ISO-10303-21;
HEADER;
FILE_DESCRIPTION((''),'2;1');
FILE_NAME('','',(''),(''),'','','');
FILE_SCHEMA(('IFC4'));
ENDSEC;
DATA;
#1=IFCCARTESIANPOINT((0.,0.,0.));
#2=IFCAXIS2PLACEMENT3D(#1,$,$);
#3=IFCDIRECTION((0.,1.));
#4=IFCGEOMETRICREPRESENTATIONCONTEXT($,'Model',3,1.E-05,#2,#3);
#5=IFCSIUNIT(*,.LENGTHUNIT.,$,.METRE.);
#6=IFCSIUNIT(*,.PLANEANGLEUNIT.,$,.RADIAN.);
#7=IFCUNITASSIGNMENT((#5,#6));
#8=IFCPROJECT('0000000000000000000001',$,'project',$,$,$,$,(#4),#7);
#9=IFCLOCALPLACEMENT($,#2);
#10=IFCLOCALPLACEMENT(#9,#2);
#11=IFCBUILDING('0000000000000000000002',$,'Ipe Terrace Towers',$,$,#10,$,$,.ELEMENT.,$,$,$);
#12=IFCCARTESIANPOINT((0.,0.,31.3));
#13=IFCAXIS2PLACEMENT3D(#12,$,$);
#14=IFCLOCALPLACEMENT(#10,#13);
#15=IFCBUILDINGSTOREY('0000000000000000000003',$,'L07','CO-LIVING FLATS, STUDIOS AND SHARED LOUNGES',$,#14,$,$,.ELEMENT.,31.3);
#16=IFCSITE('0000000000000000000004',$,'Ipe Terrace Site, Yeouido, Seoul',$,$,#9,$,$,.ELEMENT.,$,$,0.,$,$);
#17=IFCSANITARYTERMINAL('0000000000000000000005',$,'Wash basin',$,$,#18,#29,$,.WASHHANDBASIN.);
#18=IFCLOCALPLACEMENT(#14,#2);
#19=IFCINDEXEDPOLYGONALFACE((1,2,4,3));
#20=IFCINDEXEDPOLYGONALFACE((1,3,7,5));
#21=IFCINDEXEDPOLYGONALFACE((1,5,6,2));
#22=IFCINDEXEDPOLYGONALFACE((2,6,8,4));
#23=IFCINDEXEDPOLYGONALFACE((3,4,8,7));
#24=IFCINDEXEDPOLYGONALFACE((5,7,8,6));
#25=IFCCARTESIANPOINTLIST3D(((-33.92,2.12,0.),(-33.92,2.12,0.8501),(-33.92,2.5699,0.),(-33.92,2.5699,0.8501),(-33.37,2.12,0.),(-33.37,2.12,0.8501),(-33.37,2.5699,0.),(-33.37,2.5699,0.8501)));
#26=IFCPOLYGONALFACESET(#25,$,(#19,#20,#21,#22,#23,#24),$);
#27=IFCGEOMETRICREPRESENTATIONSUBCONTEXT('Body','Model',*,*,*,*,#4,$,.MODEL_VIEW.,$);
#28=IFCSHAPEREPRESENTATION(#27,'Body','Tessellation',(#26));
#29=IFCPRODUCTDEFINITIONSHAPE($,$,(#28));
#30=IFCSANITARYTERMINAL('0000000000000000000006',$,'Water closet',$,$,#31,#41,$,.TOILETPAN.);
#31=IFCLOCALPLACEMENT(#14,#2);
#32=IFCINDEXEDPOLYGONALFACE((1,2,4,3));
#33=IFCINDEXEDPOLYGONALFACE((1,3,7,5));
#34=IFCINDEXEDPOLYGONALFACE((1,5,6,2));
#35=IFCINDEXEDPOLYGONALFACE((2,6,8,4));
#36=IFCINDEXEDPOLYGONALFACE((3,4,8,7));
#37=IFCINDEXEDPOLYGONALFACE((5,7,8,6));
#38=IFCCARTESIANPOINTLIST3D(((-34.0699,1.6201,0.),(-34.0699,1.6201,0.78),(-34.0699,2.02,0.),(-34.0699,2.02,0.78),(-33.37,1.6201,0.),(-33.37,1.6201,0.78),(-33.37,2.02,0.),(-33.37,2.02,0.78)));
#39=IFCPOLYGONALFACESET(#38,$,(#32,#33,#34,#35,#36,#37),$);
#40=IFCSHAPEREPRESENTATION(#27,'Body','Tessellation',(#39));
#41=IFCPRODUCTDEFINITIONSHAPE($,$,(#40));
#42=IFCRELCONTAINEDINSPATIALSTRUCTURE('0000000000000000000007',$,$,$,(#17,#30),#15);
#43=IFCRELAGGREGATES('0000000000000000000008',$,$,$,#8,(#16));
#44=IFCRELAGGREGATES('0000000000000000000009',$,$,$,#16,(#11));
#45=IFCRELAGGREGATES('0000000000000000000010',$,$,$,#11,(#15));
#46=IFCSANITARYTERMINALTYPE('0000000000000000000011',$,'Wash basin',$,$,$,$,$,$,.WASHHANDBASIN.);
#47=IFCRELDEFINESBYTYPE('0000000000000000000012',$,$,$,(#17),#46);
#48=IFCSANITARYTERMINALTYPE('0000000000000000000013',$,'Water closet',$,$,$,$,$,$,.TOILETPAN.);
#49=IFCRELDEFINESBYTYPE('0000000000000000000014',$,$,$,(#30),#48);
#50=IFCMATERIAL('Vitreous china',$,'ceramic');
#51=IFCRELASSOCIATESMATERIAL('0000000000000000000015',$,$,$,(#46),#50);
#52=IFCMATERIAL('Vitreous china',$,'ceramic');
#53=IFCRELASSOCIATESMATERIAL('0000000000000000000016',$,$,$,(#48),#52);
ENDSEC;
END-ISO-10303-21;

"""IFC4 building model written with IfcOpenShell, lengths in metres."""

from ifc_helpers import new_model, si_unit, direction, frame, origin, origin_2d, place, context, subcontext, project, spatial, rectangle, extrude, material, type_object, element, save


model = new_model("IFC4")

# Units and contexts
model_context = context("Model", 3, precision=1e-05, world=origin(), true_north=direction((0.0, 1.0)))
body_context = subcontext(model_context, "Body", "Model", "MODEL_VIEW")
ifc_project = project(units=[si_unit("LENGTHUNIT", "METRE"), si_unit("PLANEANGLEUNIT", "RADIAN")], contexts=[model_context])

# Site, building, storey
site_placement = place(None, origin())
site = spatial("IfcSite", under=ifc_project, at=site_placement, Name="Ipe Terrace Site, Yeouido, Seoul", CompositionType="ELEMENT", RefElevation=0.0)
building_placement = place(site_placement, origin())
building = spatial("IfcBuilding", under=site, at=building_placement, Name="Ipe Terrace Towers", CompositionType="ELEMENT")
storey_placement = place(building_placement, frame((0.0, 0.0, 31.3)))
storey = spatial("IfcBuildingStorey", under=building, at=storey_placement, Name="L07", Description="CO-LIVING FLATS, STUDIOS AND SHARED LOUNGES", CompositionType="ELEMENT", Elevation=31.3)

# Sanitary terminals
ifc_material_1 = material(Name="Vitreous china", Category="ceramic")
sanitary_terminal_type_1 = type_object("IfcSanitaryTerminalType", Name="Wash basin", PredefinedType="WASHHANDBASIN", material=ifc_material_1)
sanitary_terminal_1_placement = place(storey_placement, frame((-33.645, 2.345, 0.0), z_axis=(0.0, 0.0, 1.0), x_axis=(-1.0, 0.0, 0.0)))
element("IfcSanitaryTerminal", 1, at=sanitary_terminal_1_placement, inside=storey, type_object=sanitary_terminal_type_1, Name="Wash basin", PredefinedType="WASHHANDBASIN", context=body_context, shape_type="SweptSolid", body=[
    extrude(rectangle(XDim=0.55, YDim=0.45, at=origin_2d()), origin(), (0.0, 0.0, 1.0), 0.8501),
])
ifc_material_2 = material(Name="Vitreous china", Category="ceramic")
sanitary_terminal_type_2 = type_object("IfcSanitaryTerminalType", Name="Water closet", PredefinedType="TOILETPAN", material=ifc_material_2)
sanitary_terminal_2_placement = place(storey_placement, frame((-33.72, 1.8201, 0.0), z_axis=(0.0, 0.0, 1.0), x_axis=(-1.0, 0.0, 0.0)))
element("IfcSanitaryTerminal", 2, at=sanitary_terminal_2_placement, inside=storey, type_object=sanitary_terminal_type_2, Name="Water closet", PredefinedType="TOILETPAN", context=body_context, shape_type="SweptSolid", body=[
    extrude(rectangle(XDim=0.7, YDim=0.3999, at=origin_2d()), origin(), (0.0, 0.0, 1.0), 0.78),
])

save(model, "model.ifc")
